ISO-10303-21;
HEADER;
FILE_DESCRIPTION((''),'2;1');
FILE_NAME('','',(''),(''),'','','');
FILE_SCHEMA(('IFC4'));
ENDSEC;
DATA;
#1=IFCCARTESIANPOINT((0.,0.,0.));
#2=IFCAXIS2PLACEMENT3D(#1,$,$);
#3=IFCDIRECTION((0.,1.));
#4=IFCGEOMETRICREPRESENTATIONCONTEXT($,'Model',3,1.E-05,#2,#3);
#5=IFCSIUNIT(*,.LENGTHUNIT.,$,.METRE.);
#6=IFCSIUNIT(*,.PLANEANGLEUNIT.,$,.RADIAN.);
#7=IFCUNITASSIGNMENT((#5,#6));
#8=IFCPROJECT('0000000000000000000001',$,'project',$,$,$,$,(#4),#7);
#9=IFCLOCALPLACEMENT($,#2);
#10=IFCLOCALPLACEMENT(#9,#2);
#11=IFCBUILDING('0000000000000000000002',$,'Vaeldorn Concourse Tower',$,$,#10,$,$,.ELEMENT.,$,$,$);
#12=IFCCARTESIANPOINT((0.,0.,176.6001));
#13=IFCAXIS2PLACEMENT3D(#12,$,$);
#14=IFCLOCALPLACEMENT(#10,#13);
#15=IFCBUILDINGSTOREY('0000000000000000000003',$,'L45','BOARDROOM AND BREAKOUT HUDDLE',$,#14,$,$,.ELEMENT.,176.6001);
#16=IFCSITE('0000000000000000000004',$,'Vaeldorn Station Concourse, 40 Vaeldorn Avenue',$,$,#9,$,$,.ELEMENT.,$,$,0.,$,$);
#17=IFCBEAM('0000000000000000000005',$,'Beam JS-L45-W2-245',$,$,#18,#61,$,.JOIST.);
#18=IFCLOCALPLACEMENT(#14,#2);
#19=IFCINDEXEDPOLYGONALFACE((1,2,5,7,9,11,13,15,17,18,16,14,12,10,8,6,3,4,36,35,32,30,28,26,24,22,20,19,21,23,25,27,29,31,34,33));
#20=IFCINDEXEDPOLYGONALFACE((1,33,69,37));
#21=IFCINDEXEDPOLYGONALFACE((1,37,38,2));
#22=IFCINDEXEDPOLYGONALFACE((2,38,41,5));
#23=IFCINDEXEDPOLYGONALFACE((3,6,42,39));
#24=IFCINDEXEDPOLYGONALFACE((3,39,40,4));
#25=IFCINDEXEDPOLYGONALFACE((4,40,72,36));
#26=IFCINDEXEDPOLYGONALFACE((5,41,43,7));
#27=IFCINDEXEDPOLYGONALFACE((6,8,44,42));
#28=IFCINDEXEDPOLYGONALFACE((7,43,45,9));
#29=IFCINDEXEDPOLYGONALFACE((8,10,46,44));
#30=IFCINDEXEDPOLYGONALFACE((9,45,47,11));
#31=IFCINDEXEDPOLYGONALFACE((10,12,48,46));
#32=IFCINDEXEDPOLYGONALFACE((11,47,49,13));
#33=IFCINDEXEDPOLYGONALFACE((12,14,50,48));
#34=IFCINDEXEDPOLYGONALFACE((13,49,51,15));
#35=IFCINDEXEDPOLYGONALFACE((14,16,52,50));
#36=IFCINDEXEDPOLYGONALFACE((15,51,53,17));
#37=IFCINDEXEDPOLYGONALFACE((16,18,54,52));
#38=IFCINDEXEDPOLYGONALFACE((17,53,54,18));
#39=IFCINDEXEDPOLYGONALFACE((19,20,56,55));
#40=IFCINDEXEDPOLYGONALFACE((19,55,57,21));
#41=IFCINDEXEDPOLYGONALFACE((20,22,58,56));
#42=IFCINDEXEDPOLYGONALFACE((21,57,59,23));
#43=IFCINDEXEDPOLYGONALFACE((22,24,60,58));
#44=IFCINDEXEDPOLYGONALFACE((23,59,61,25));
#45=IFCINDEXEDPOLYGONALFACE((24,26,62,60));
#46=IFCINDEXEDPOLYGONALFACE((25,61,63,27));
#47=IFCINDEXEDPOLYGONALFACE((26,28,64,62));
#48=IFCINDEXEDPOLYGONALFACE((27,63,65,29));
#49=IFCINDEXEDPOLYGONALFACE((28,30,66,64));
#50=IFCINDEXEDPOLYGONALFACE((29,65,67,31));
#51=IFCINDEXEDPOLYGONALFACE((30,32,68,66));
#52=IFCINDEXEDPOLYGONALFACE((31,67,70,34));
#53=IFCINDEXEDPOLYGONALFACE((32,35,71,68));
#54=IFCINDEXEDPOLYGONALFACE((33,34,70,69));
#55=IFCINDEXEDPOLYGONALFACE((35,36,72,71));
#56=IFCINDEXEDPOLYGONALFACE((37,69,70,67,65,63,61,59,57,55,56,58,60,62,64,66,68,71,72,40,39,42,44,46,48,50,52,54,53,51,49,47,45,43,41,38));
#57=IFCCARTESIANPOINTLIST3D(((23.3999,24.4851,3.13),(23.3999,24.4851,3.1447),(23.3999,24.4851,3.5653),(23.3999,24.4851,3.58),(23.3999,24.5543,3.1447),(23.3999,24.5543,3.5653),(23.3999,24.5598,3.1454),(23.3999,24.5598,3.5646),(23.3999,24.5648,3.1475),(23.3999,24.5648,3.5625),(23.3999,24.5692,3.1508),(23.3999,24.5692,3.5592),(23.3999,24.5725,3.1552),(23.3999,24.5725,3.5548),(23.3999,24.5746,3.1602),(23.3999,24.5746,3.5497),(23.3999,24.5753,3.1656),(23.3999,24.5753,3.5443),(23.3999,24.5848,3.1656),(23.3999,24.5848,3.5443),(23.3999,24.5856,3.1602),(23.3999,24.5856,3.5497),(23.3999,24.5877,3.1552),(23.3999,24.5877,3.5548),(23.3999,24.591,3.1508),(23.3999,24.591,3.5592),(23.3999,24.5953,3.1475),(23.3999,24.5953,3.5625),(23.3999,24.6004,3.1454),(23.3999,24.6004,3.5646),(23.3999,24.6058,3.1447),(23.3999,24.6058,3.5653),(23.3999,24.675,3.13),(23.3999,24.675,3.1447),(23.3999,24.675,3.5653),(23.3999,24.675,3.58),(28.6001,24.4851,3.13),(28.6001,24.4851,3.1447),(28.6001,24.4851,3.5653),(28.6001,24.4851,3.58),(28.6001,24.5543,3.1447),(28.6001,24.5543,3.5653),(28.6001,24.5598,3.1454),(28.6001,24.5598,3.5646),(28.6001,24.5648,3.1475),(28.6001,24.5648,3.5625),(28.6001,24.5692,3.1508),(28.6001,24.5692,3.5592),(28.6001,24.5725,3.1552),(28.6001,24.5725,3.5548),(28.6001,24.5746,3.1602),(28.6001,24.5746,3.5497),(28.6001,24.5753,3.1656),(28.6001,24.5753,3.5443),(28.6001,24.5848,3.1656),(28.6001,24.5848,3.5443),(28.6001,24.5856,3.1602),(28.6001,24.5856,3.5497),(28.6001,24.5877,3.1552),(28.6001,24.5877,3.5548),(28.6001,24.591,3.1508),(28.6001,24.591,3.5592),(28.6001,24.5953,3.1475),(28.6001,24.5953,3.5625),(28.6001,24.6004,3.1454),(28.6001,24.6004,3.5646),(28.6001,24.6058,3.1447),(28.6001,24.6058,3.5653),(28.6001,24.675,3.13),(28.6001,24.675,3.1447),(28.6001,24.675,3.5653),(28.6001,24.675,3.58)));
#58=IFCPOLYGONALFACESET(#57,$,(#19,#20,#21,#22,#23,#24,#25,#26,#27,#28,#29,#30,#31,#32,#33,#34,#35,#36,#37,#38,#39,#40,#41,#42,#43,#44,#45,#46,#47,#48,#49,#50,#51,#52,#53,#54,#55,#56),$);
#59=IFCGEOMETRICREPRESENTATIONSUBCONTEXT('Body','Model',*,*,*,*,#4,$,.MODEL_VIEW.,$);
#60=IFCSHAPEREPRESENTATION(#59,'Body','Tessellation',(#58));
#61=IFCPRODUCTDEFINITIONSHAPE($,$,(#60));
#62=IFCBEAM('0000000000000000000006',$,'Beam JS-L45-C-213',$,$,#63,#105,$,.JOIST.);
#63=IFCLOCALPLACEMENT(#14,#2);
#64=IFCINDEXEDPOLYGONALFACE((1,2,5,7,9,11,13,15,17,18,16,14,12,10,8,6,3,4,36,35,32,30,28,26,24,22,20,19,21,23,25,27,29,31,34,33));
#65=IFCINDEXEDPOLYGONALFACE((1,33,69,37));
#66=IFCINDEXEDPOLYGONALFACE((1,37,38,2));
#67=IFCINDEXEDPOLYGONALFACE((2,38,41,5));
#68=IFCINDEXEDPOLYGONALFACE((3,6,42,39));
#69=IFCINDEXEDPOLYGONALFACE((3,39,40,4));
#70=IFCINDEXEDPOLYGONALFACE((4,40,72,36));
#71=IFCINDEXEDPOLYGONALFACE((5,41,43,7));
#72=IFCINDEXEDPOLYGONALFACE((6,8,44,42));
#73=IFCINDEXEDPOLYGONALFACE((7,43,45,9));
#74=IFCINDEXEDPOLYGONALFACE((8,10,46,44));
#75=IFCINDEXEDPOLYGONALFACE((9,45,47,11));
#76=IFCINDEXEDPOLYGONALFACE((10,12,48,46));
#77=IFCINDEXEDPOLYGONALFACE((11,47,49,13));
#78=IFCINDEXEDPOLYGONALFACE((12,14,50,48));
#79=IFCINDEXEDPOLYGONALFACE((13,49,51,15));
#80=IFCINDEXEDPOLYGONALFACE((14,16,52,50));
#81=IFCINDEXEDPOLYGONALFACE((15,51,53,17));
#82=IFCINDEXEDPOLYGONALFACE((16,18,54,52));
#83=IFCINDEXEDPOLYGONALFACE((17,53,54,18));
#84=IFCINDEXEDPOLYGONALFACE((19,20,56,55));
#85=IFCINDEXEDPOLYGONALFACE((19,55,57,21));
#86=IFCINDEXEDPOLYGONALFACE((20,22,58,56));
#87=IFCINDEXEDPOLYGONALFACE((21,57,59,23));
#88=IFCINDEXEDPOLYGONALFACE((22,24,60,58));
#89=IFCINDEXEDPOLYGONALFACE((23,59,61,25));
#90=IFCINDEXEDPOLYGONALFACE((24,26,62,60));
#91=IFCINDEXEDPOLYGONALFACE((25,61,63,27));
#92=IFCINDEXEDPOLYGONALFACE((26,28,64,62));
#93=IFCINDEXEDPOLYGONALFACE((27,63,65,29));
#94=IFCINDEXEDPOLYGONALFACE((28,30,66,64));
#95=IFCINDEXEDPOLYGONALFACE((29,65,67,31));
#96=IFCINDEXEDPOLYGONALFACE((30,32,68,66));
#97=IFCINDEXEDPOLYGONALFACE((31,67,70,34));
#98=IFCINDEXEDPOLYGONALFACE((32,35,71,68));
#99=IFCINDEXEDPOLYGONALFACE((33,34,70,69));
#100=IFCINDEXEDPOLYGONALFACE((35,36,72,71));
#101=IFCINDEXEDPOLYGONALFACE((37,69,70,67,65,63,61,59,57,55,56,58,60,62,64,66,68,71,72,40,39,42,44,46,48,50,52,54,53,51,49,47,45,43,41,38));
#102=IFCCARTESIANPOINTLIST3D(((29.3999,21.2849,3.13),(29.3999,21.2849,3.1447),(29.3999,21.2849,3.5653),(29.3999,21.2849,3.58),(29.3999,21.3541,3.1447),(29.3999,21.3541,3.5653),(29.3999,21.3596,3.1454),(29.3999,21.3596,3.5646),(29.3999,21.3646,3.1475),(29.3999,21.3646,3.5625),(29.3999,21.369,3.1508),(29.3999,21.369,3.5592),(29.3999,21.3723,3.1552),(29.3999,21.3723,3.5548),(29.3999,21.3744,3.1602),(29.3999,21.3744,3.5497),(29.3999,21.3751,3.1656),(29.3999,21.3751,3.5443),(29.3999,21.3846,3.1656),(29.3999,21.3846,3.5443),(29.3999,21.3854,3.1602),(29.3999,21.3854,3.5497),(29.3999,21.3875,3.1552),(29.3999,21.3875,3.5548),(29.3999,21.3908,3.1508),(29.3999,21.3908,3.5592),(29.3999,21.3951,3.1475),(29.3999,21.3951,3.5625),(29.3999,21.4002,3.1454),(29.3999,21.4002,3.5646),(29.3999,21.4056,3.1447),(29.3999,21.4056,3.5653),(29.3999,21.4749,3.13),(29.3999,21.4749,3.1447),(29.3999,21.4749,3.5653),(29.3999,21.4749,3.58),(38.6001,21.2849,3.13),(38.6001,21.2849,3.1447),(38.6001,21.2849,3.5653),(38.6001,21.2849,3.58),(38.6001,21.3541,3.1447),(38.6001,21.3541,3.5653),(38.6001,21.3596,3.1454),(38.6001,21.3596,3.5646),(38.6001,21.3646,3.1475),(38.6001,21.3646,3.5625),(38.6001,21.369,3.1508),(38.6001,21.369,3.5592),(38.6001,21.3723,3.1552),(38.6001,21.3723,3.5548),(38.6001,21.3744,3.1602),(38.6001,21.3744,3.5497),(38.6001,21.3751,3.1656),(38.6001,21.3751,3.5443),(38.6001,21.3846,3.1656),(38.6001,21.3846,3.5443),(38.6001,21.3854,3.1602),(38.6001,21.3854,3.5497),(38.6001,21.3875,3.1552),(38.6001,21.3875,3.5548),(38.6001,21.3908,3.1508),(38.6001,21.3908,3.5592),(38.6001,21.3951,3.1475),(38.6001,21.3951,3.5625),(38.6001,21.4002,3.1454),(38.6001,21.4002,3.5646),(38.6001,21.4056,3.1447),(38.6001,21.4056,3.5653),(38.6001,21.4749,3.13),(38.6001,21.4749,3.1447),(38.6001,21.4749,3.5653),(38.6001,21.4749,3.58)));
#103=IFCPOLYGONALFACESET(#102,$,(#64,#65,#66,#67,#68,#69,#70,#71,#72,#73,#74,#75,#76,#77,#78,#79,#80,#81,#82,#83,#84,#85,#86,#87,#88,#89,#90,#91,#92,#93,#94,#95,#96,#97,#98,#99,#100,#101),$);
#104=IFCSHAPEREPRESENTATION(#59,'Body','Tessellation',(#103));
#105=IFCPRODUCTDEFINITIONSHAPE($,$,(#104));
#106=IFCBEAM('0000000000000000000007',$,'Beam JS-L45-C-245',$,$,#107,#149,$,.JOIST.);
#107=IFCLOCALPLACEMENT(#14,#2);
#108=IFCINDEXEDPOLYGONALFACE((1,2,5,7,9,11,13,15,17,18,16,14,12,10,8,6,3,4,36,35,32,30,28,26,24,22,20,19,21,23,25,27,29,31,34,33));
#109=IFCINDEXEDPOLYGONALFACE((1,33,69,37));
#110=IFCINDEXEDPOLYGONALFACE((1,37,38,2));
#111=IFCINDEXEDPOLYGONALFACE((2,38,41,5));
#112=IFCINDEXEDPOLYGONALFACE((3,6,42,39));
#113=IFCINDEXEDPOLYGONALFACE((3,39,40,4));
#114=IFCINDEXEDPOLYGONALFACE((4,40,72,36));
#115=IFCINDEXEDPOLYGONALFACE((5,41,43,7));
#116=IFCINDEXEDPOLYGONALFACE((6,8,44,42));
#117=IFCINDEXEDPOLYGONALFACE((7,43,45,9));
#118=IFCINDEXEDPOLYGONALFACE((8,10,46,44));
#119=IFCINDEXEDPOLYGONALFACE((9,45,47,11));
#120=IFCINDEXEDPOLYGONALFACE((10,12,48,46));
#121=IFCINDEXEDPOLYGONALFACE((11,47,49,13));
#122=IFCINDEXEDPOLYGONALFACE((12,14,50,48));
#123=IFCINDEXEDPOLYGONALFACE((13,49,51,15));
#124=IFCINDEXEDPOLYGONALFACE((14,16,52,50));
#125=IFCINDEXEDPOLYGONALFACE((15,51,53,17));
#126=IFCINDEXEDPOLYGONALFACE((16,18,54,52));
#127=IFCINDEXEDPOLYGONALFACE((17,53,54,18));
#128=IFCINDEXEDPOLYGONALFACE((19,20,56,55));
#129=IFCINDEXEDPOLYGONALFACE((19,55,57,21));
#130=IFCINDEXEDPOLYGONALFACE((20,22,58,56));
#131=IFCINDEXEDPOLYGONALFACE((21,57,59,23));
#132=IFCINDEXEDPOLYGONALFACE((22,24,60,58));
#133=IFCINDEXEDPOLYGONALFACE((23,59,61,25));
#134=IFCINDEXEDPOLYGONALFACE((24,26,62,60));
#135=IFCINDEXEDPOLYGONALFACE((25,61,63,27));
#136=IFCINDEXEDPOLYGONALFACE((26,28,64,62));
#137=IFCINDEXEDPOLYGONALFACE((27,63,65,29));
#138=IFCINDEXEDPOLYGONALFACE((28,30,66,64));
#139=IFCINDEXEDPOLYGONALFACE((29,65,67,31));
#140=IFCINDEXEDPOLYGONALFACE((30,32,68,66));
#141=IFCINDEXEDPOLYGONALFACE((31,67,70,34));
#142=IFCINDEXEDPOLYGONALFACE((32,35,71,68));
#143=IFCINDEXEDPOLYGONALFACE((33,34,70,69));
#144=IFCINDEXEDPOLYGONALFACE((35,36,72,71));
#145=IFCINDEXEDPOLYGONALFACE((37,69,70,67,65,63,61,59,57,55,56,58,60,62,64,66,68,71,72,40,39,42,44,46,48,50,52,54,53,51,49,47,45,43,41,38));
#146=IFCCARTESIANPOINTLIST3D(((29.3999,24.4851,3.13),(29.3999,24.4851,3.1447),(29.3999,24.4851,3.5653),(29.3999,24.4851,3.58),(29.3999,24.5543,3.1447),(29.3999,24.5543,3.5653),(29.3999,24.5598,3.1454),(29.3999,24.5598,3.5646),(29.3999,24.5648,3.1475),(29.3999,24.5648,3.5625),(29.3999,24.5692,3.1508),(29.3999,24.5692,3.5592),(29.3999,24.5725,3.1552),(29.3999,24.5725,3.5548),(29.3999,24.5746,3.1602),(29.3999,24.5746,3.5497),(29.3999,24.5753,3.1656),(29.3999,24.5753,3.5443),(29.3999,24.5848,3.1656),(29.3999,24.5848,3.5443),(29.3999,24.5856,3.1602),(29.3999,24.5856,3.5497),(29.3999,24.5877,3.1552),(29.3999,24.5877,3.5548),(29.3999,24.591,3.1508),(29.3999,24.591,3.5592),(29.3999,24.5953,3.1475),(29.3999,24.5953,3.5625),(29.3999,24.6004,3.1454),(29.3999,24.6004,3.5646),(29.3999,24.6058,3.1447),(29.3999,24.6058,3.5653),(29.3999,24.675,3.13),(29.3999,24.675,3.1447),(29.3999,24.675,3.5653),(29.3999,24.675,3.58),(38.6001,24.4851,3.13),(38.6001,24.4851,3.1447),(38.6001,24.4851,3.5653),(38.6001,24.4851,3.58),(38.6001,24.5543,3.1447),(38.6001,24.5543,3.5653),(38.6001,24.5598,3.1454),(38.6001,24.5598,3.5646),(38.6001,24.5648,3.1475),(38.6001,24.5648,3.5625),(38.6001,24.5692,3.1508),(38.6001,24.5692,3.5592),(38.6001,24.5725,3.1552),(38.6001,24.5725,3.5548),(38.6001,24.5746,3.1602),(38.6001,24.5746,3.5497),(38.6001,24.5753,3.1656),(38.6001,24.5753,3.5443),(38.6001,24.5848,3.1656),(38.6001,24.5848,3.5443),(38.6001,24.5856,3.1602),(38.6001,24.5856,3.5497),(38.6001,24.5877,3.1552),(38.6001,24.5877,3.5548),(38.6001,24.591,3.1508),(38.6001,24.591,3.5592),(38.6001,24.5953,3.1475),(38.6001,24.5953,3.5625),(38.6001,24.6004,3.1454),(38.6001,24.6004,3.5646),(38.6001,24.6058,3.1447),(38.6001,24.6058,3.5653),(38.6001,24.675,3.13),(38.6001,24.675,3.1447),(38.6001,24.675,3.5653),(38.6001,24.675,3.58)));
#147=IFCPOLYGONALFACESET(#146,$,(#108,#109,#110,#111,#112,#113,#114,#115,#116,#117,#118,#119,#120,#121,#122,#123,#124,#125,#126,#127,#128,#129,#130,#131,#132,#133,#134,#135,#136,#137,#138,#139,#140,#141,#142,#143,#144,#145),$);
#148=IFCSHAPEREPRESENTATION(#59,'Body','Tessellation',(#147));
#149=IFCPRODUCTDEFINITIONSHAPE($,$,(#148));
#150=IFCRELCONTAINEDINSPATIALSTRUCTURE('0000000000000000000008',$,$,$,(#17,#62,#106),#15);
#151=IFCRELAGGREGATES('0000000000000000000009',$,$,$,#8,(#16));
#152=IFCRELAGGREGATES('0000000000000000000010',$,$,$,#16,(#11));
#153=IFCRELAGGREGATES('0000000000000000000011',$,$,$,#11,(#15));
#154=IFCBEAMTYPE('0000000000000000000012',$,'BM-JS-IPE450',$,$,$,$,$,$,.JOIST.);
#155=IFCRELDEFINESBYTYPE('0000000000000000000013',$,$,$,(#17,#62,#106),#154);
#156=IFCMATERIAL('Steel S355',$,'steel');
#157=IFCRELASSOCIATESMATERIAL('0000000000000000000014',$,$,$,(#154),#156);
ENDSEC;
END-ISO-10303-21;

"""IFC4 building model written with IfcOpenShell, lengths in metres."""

from ifc_helpers import new_model, si_unit, direction, frame, origin, origin_2d, place, context, subcontext, project, spatial, i_section, extrude, source, transform, mapped, material, material_profile, profile_set, type_object, element, save


model = new_model("IFC4")

# Units and contexts
model_context = context("Model", 3, precision=1e-05, world=origin(), true_north=direction((0.0, 1.0)))
body_context = subcontext(model_context, "Body", "Model", "MODEL_VIEW")
ifc_project = project(units=[si_unit("LENGTHUNIT", "METRE"), si_unit("PLANEANGLEUNIT", "RADIAN")], contexts=[model_context])

# Site, building, storey
site_placement = place(None, origin())
site = spatial("IfcSite", under=ifc_project, at=site_placement, Name="Vaeldorn Station Concourse, 40 Vaeldorn Avenue", CompositionType="ELEMENT", RefElevation=0.0)
building_placement = place(site_placement, origin())
building = spatial("IfcBuilding", under=site, at=building_placement, Name="Vaeldorn Concourse Tower", CompositionType="ELEMENT")
storey_placement = place(building_placement, frame((0.0, 0.0, 176.6001)))
storey = spatial("IfcBuildingStorey", under=building, at=storey_placement, Name="L45", Description="BOARDROOM AND BREAKOUT HUDDLE", CompositionType="ELEMENT", Elevation=176.6001)

# Shared definitions
ifc_material_1 = material(Name="Steel S355", Category="steel")

# Beams
ifc_material_profile_1 = material_profile(ifc_material_1, i_section(OverallWidth=0.1899, OverallDepth=0.45, WebThickness=0.0095, FlangeThickness=0.0146, FilletRadius=0.021, at=origin_2d()), Name="IPE 450")
ifc_profile_set_1 = profile_set([ifc_material_profile_1], Name="Steel S355")
beam_type_1 = type_object("IfcBeamType", Name="BM-JS-IPE450", PredefinedType="JOIST", material=ifc_profile_set_1)
shared_shape_1 = source(origin(), body_context, "Body", "SweptSolid", [
    extrude(i_section(OverallWidth=0.1899, OverallDepth=0.45, WebThickness=0.0095, FlangeThickness=0.0146, FilletRadius=0.021, at=origin_2d()), origin(), (0.0, 0.0, 1.0), 5.2002),
])
for number, where, z_axis, x_axis, name in (
    (1, (23.3999, 24.5801, 3.355), (1.0, 0.0, 0.0), (0.0, 1.0, 0.0), "Beam JS-L45-W2-245"),
):
    element("IfcBeam", number, at=place(storey_placement, frame(where, z_axis=z_axis, x_axis=x_axis)), inside=storey, type_object=beam_type_1, Name=name, PredefinedType="JOIST", context=body_context, shape_type="MappedRepresentation", body=[
        mapped(shared_shape_1, transform((0.0, 0.0, 0.0), scale=1.0)),
    ])
shared_shape_2 = source(origin(), body_context, "Body", "SweptSolid", [
    extrude(i_section(OverallWidth=0.1899, OverallDepth=0.45, WebThickness=0.0095, FlangeThickness=0.0146, FilletRadius=0.021, at=origin_2d()), origin(), (0.0, 0.0, 1.0), 9.2002),
])
for number, where, z_axis, x_axis, name in (
    (2, (29.3999, 21.3799, 3.355), (1.0, 0.0, 0.0), (0.0, 1.0, 0.0), "Beam JS-L45-C-213"),
    (3, (29.3999, 24.5801, 3.355), (1.0, 0.0, 0.0), (0.0, 1.0, 0.0), "Beam JS-L45-C-245"),
):
    element("IfcBeam", number, at=place(storey_placement, frame(where, z_axis=z_axis, x_axis=x_axis)), inside=storey, type_object=beam_type_1, Name=name, PredefinedType="JOIST", context=body_context, shape_type="MappedRepresentation", body=[
        mapped(shared_shape_2, transform((0.0, 0.0, 0.0), scale=1.0)),
    ])

save(model, "model.ifc")
